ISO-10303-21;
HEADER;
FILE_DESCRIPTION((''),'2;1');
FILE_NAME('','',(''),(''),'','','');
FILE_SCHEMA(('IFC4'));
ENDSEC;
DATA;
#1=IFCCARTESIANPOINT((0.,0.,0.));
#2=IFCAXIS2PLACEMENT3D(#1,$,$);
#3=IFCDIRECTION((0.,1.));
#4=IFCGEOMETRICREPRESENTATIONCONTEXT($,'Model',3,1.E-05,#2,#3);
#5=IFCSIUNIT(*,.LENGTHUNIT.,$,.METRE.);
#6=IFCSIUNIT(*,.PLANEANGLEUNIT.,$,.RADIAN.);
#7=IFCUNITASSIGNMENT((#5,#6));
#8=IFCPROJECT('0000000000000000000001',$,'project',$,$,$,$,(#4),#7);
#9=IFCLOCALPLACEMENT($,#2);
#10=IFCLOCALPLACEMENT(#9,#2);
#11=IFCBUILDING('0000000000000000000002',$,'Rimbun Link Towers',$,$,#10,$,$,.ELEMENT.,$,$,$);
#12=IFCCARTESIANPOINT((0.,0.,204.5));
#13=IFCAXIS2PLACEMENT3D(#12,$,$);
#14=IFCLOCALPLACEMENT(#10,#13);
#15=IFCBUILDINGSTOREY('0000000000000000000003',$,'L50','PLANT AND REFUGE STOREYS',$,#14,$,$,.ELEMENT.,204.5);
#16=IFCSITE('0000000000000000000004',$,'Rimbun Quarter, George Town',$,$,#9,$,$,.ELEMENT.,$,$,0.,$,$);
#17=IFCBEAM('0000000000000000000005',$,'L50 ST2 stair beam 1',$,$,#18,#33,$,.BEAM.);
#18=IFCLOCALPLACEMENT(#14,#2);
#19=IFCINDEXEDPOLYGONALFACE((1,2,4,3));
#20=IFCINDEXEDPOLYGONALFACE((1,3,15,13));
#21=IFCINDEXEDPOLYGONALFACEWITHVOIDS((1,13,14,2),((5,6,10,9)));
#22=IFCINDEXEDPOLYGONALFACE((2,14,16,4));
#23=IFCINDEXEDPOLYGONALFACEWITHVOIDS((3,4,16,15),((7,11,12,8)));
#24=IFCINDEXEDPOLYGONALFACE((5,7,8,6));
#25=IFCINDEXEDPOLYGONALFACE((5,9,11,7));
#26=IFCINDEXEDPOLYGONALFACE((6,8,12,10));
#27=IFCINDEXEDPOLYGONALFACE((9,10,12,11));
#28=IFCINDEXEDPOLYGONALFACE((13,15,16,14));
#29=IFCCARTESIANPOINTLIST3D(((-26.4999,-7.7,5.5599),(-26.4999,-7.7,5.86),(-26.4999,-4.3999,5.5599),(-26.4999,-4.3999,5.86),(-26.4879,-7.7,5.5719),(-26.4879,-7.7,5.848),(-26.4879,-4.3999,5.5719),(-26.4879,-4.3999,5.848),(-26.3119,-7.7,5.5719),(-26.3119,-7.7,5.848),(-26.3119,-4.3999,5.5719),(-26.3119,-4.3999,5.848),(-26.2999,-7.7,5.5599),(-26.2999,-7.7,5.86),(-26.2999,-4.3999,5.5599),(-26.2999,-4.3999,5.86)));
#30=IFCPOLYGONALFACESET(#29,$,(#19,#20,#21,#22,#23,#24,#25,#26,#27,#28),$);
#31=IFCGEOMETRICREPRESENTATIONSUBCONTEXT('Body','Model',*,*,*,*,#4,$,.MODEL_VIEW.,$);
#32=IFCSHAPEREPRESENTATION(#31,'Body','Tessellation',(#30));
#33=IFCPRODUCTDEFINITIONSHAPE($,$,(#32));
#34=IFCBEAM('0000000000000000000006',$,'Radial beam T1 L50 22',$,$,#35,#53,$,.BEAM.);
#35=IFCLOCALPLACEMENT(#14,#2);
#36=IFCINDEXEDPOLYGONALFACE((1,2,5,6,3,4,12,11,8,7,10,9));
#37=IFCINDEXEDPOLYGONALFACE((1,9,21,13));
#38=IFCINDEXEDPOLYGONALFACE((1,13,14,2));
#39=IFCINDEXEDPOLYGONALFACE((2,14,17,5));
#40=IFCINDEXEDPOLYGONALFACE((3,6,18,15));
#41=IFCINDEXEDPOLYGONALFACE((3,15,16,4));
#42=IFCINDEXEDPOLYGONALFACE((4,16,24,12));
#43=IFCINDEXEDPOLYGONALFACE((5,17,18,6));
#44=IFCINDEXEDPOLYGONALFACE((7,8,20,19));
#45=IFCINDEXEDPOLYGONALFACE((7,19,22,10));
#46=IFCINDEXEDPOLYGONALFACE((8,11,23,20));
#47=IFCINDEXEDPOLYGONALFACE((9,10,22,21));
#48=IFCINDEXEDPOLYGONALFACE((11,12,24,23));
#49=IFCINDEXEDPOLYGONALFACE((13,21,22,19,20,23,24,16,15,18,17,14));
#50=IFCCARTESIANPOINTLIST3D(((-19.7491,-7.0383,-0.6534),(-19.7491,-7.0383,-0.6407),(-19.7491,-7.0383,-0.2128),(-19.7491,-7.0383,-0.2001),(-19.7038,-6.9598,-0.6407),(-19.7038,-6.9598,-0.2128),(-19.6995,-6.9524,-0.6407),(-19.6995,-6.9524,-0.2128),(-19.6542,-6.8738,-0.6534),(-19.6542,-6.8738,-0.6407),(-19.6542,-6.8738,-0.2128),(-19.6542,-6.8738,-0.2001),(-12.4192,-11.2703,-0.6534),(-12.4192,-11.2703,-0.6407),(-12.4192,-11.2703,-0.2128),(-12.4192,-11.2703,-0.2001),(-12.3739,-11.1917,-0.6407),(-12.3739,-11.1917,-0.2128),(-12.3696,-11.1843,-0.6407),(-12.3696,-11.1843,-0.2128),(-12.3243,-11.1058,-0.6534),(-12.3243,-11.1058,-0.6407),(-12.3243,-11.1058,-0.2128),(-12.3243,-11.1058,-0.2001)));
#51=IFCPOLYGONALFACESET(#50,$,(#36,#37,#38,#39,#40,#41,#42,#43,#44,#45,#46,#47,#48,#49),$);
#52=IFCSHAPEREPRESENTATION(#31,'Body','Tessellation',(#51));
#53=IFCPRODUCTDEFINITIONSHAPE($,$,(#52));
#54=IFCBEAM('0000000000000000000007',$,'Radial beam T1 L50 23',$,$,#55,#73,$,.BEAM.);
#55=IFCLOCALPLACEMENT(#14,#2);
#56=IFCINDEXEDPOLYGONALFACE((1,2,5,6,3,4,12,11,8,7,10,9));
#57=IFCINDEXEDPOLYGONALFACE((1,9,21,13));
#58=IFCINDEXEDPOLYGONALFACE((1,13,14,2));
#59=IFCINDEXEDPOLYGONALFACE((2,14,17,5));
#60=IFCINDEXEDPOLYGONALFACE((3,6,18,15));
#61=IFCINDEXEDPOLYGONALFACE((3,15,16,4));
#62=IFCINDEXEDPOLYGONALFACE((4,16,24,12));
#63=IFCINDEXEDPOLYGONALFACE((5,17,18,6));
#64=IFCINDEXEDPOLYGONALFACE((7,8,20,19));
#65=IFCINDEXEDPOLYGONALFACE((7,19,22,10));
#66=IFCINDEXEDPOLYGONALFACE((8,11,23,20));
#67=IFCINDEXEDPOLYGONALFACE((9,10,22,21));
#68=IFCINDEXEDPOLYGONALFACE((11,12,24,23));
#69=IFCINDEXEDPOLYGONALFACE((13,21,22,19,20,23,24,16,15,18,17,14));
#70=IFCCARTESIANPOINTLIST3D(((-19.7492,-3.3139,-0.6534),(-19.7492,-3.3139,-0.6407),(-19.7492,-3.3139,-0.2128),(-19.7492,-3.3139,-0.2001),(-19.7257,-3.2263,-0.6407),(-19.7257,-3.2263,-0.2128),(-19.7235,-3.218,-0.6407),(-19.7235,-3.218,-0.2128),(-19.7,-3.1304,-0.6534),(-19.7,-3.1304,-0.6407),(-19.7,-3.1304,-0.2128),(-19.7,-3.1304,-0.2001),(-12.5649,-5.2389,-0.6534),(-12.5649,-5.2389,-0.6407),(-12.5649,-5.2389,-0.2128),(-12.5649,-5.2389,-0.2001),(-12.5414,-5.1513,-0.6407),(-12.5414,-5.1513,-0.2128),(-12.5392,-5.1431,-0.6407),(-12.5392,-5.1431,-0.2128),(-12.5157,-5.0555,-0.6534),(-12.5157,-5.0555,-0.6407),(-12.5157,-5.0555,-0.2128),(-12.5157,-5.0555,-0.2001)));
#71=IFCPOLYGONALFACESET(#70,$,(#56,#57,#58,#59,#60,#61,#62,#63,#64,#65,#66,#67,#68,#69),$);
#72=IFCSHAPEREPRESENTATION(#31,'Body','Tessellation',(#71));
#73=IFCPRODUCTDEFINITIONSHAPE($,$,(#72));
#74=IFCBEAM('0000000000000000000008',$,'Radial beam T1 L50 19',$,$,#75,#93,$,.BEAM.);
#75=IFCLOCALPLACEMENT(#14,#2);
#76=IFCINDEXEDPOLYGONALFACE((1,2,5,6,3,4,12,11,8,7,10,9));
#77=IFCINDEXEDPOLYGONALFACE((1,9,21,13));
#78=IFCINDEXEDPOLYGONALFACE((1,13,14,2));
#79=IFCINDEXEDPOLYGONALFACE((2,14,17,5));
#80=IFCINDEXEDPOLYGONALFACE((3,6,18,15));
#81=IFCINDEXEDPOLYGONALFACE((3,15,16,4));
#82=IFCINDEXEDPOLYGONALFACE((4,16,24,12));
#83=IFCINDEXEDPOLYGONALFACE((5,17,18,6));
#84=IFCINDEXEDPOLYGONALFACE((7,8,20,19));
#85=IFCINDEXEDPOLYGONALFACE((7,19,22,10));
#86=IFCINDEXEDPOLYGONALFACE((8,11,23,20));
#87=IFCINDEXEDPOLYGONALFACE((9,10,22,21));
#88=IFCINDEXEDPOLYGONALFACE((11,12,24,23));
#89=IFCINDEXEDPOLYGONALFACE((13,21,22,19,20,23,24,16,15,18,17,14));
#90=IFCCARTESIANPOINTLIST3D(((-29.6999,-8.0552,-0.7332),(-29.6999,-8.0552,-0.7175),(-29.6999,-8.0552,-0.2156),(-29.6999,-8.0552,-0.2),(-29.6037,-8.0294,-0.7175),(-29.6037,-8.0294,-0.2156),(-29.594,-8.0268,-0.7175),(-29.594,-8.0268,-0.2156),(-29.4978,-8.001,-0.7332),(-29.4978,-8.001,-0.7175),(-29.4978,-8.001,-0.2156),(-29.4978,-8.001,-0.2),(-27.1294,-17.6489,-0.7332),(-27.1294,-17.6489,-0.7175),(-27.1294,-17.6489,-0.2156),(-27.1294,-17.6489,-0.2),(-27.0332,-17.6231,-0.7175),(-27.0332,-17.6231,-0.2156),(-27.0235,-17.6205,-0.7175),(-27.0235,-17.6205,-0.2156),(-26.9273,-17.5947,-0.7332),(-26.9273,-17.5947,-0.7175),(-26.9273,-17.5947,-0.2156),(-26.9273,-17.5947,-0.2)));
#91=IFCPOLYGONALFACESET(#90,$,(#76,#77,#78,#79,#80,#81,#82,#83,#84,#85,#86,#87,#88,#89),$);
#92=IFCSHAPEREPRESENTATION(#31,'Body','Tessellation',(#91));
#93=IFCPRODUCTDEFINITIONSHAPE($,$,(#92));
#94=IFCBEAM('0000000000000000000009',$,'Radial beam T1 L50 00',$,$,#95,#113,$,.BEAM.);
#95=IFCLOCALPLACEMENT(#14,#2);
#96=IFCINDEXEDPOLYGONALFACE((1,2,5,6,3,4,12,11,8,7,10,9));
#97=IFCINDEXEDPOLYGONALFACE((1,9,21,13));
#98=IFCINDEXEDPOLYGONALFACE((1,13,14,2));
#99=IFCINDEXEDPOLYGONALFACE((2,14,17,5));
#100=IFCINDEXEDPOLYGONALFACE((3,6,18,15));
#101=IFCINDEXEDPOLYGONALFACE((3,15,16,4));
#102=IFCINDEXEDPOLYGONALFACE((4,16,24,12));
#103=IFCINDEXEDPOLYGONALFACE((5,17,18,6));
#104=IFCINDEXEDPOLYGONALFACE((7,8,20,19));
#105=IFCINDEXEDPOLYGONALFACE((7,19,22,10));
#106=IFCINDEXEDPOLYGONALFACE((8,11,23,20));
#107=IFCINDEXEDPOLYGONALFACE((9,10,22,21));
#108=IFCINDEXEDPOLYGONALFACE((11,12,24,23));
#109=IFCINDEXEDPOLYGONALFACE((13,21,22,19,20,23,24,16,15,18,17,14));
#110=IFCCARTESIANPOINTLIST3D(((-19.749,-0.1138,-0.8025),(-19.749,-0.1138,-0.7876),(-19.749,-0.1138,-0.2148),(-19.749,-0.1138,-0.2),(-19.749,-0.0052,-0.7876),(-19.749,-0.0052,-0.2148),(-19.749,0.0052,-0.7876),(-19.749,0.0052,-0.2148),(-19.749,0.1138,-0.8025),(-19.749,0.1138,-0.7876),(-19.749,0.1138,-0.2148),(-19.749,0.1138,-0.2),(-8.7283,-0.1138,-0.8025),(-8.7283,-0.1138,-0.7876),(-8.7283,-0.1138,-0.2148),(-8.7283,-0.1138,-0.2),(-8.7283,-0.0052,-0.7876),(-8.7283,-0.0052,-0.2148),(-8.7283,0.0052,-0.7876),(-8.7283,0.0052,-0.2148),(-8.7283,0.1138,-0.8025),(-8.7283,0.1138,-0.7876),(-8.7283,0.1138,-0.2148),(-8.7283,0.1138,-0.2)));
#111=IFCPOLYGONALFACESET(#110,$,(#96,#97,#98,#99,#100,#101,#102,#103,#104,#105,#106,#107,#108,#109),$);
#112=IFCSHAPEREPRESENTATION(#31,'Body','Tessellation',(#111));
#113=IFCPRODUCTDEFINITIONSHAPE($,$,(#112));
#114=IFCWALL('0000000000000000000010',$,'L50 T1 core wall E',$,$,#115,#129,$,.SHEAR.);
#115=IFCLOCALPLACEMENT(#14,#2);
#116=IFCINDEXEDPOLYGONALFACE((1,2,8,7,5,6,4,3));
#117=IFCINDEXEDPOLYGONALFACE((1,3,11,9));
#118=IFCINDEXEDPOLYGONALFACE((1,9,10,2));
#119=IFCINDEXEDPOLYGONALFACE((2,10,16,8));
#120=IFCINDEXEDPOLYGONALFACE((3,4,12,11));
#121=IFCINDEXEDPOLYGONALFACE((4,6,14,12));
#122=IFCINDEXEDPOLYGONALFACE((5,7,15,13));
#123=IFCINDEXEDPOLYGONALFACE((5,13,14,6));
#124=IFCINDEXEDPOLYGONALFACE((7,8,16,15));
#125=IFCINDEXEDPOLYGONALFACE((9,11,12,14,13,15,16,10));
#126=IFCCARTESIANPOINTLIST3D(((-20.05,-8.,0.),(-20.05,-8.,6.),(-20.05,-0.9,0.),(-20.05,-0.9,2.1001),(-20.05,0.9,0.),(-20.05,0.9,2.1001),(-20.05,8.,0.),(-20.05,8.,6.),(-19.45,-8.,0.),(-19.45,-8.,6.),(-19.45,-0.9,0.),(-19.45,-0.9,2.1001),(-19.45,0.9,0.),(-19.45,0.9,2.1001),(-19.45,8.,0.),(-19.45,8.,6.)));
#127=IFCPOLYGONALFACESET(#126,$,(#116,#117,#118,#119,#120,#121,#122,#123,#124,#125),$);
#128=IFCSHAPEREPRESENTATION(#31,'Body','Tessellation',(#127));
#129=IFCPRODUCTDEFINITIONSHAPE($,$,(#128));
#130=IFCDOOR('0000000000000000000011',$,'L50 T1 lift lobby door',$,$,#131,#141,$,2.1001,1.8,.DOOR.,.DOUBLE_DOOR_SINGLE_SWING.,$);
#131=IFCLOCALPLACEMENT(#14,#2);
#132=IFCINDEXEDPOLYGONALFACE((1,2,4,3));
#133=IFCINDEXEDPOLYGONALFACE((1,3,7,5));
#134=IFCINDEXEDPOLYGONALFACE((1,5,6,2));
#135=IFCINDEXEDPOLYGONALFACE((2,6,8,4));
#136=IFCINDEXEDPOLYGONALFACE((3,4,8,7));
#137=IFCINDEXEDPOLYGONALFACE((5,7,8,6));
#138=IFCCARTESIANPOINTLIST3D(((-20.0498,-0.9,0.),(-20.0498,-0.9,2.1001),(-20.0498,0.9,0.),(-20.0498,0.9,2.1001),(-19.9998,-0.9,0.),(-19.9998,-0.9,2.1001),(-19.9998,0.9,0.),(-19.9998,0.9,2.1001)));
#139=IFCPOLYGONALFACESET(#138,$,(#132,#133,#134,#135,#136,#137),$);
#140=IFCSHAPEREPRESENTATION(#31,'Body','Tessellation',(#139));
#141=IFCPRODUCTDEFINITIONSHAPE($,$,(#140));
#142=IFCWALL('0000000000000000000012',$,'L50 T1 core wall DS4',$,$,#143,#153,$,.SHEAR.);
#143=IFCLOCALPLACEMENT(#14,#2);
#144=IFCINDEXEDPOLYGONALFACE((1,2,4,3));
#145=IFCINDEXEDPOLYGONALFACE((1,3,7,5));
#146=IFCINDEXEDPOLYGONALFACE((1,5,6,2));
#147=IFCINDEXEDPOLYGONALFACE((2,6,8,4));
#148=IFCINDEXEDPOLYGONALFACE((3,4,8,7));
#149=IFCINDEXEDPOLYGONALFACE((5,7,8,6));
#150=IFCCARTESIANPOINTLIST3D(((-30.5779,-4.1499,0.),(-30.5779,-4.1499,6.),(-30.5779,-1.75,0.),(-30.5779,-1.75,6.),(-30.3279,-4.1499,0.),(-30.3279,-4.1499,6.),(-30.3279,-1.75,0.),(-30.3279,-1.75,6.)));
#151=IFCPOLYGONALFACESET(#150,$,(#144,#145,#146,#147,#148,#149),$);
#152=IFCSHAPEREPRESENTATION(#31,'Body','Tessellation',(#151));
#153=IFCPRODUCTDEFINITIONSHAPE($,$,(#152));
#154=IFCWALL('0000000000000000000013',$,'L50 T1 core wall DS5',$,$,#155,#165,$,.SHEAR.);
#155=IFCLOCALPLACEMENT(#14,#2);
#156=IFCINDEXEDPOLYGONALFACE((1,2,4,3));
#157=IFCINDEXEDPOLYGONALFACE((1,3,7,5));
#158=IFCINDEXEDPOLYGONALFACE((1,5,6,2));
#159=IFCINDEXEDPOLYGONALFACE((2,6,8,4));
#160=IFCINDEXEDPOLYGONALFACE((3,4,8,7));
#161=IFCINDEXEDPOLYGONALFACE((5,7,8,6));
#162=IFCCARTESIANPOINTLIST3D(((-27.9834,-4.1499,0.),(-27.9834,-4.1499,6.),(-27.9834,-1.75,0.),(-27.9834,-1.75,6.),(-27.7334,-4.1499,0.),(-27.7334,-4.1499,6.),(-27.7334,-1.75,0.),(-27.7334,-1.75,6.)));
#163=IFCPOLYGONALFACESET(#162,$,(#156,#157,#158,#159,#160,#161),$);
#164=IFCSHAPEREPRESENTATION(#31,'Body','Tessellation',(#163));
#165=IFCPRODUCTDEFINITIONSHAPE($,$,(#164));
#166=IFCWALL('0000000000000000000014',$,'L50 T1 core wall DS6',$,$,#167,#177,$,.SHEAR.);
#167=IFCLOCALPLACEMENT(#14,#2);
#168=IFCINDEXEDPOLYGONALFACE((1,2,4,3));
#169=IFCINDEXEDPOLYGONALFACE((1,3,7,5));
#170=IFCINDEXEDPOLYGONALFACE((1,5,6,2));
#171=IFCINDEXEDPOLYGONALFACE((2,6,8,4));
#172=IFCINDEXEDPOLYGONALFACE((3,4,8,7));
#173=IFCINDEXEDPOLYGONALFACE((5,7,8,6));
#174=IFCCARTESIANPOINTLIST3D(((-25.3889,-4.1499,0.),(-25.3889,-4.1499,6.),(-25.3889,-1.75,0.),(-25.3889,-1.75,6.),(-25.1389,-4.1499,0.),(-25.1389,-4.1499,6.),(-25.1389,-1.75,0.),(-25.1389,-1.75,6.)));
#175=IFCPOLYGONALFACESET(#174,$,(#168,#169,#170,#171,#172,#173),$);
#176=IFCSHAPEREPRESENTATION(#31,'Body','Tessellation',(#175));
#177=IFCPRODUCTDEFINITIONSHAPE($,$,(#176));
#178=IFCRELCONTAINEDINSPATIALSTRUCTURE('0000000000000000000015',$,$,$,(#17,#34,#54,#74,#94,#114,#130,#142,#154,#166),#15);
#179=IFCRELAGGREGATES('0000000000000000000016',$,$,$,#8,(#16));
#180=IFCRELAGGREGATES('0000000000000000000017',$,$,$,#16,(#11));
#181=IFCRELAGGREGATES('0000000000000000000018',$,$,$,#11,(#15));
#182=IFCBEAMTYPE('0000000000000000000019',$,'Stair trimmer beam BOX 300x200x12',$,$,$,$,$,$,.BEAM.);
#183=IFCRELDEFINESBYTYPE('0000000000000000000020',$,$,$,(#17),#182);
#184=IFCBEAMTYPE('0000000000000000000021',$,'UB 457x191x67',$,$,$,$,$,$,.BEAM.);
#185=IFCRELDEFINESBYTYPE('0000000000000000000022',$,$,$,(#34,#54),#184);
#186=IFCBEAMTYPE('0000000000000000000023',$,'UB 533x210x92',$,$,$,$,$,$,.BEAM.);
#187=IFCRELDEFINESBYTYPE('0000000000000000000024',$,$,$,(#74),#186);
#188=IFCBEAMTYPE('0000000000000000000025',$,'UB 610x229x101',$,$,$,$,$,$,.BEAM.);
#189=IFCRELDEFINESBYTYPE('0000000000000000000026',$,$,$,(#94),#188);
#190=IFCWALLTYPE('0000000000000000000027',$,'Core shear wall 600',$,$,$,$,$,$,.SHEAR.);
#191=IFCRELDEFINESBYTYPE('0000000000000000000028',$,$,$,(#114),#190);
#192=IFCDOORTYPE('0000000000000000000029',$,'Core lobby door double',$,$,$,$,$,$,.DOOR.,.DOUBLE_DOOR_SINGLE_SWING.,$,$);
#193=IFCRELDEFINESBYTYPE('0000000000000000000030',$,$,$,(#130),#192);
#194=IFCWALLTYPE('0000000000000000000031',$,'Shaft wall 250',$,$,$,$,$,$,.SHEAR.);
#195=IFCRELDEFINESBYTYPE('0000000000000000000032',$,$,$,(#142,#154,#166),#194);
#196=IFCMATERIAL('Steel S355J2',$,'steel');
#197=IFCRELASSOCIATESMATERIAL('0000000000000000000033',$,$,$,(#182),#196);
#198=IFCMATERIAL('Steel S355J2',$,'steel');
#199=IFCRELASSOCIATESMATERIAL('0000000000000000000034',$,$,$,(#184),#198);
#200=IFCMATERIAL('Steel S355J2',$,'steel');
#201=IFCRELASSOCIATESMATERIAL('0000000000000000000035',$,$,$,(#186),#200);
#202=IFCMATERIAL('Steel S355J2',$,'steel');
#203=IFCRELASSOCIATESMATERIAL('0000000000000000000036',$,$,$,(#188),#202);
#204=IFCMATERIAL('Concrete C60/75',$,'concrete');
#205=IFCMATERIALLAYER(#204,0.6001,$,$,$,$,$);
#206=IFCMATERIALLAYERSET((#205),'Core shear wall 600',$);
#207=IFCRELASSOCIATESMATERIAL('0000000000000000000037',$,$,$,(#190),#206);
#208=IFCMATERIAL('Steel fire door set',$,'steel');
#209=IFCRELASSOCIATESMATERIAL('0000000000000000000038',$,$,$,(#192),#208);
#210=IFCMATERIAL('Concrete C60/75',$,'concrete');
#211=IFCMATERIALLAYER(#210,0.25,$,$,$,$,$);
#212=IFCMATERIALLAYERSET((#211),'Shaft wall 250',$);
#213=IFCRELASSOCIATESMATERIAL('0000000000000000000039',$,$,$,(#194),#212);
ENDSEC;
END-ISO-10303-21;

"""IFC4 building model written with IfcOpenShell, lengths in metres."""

from ifc_helpers import new_model, si_unit, direction, frame, frame_2d, origin, origin_2d, place, context, subcontext, project, spatial, rectangle, hollow_rectangle, i_section, extrude, material, layer, layer_set, material_profile, profile_set, type_object, element, fill, save


model = new_model("IFC4")

# Units and contexts
model_context = context("Model", 3, precision=1e-05, world=origin(), true_north=direction((0.0, 1.0)))
body_context = subcontext(model_context, "Body", "Model", "MODEL_VIEW")
ifc_project = project(units=[si_unit("LENGTHUNIT", "METRE"), si_unit("PLANEANGLEUNIT", "RADIAN")], contexts=[model_context])

# Site, building, storey
site_placement = place(None, origin())
site = spatial("IfcSite", under=ifc_project, at=site_placement, Name="Rimbun Quarter, George Town", CompositionType="ELEMENT", RefElevation=0.0)
building_placement = place(site_placement, origin())
building = spatial("IfcBuilding", under=site, at=building_placement, Name="Rimbun Link Towers", CompositionType="ELEMENT")
storey_placement = place(building_placement, frame((0.0, 0.0, 204.5)))
storey = spatial("IfcBuildingStorey", under=building, at=storey_placement, Name="L50", Description="PLANT AND REFUGE STOREYS", CompositionType="ELEMENT", Elevation=204.5)

# Beams
ifc_material_1 = material(Name="Steel S355J2", Category="steel")
ifc_material_profile_1 = material_profile(ifc_material_1, hollow_rectangle(XDim=0.2, YDim=0.3, WallThickness=0.012, at=origin_2d()), Name="BOX 300x200x12")
ifc_profile_set_1 = profile_set([ifc_material_profile_1], Name="Steel S355J2")
beam_type_1 = type_object("IfcBeamType", Name="Stair trimmer beam BOX 300x200x12", PredefinedType="BEAM", material=ifc_profile_set_1)
beam_1_placement = place(storey_placement, frame((-26.3999, -7.7, 5.71), z_axis=(0.0, 1.0, 0.0), x_axis=(-1.0, 0.0, 0.0)))
element("IfcBeam", 1, at=beam_1_placement, inside=storey, type_object=beam_type_1, Name="L50 ST2 stair beam 1", PredefinedType="BEAM", context=body_context, shape_type="SweptSolid", body=[
    extrude(hollow_rectangle(XDim=0.2, YDim=0.3, WallThickness=0.012, at=origin_2d()), origin(), (0.0, 0.0, 1.0), 3.3),
])
ifc_material_2 = material(Name="Steel S355J2", Category="steel")
ifc_material_profile_2 = material_profile(ifc_material_2, i_section(OverallWidth=0.1899, OverallDepth=0.4534, WebThickness=0.0085, FlangeThickness=0.0127, at=origin_2d()), Name="UB 457x191x67")
ifc_profile_set_2 = profile_set([ifc_material_profile_2], Name="Steel S355J2")
beam_type_2 = type_object("IfcBeamType", Name="UB 457x191x67", PredefinedType="BEAM", material=ifc_profile_set_2)
beam_2_placement = place(storey_placement, frame((-19.7017, -6.9561, -0.4268), z_axis=(0.866023, -0.500005, 0.0), x_axis=(0.500005, 0.866023, 0.0)))
element("IfcBeam", 2, at=beam_2_placement, inside=storey, type_object=beam_type_2, Name="Radial beam T1 L50 22", PredefinedType="BEAM", context=body_context, shape_type="SweptSolid", body=[
    extrude(i_section(OverallWidth=0.1899, OverallDepth=0.4534, WebThickness=0.0085, FlangeThickness=0.0127, at=origin_2d()), origin(), (0.0, 0.0, 1.0), 8.4639),
])
beam_3_placement = place(storey_placement, frame((-19.7246, -3.2222, -0.4268), z_axis=(0.965925, -0.258821, 0.0), x_axis=(0.258821, 0.965925, 0.0)))
element("IfcBeam", 3, at=beam_3_placement, inside=storey, type_object=beam_type_2, Name="Radial beam T1 L50 23", PredefinedType="BEAM", context=body_context, shape_type="SweptSolid", body=[
    extrude(i_section(OverallWidth=0.1899, OverallDepth=0.4534, WebThickness=0.0085, FlangeThickness=0.0127, at=origin_2d()), origin(), (0.0, 0.0, 1.0), 7.4377),
])
ifc_material_3 = material(Name="Steel S355J2", Category="steel")
ifc_material_profile_3 = material_profile(ifc_material_3, i_section(OverallWidth=0.2092, OverallDepth=0.5332, WebThickness=0.01, FlangeThickness=0.0156, at=origin_2d()), Name="UB 533x210x92")
ifc_profile_set_3 = profile_set([ifc_material_profile_3], Name="Steel S355J2")
beam_type_3 = type_object("IfcBeamType", Name="UB 533x210x92", PredefinedType="BEAM", material=ifc_profile_set_3)
beam_4_placement = place(storey_placement, frame((-29.5989, -8.0281, -0.4666), z_axis=(0.258811, -0.965928, 0.0), x_axis=(0.965928, 0.258811, 0.0)))
element("IfcBeam", 4, at=beam_4_placement, inside=storey, type_object=beam_type_3, Name="Radial beam T1 L50 19", PredefinedType="BEAM", context=body_context, shape_type="SweptSolid", body=[
    extrude(i_section(OverallWidth=0.2092, OverallDepth=0.5332, WebThickness=0.01, FlangeThickness=0.0156, at=origin_2d()), origin(), (0.0, 0.0, 1.0), 9.9321),
])
ifc_material_4 = material(Name="Steel S355J2", Category="steel")
ifc_material_profile_4 = material_profile(ifc_material_4, i_section(OverallWidth=0.2275, OverallDepth=0.6025, WebThickness=0.0105, FlangeThickness=0.0149, at=origin_2d()), Name="UB 610x229x101")
ifc_profile_set_4 = profile_set([ifc_material_profile_4], Name="Steel S355J2")
beam_type_4 = type_object("IfcBeamType", Name="UB 610x229x101", PredefinedType="BEAM", material=ifc_profile_set_4)
beam_5_placement = place(storey_placement, frame((-19.749, 0.0, -0.5012), z_axis=(1.0, 0.0, 0.0), x_axis=(0.0, 1.0, 0.0)))
element("IfcBeam", 5, at=beam_5_placement, inside=storey, type_object=beam_type_4, Name="Radial beam T1 L50 00", PredefinedType="BEAM", context=body_context, shape_type="SweptSolid", body=[
    extrude(i_section(OverallWidth=0.2275, OverallDepth=0.6025, WebThickness=0.0105, FlangeThickness=0.0149, at=origin_2d()), origin(), (0.0, 0.0, 1.0), 11.0208),
])

# Wall, opening, door
ifc_material_5 = material(Name="Concrete C60/75", Category="concrete")
ifc_layer_1 = layer(ifc_material_5, 0.6001)
ifc_layer_set_1 = layer_set([ifc_layer_1], Name="Core shear wall 600")
wall_type_1 = type_object("IfcWallType", Name="Core shear wall 600", PredefinedType="SHEAR", material=ifc_layer_set_1)
wall_1_placement = place(storey_placement, frame((-19.75, -8.0, 0.0), z_axis=(0.0, 0.0, 1.0), x_axis=(0.0, 1.0, 0.0)))
wall_1 = element("IfcWall", 6, at=wall_1_placement, inside=storey, type_object=wall_type_1, Name="L50 T1 core wall E", PredefinedType="SHEAR", context=body_context, shape_type="SweptSolid", body=[
    extrude(rectangle(XDim=16.0, YDim=0.6001, at=frame_2d((8.0, 0.0))), origin(), (0.0, 0.0, 1.0), 6.0),
])
opening_1_placement = place(wall_1_placement, frame((7.1001, 0.0, 0.0)))
opening_1 = element("IfcOpeningElement", 7, at=opening_1_placement, cuts=wall_1, PredefinedType="OPENING", context=body_context, shape_type="SweptSolid", body=[
    extrude(rectangle(XDim=1.8, YDim=2.1001, at=frame_2d((0.8999, 1.05))), frame((0.0, 0.3101, 0.0), z_axis=(0.0, -1.0, 0.0), x_axis=(1.0, 0.0, 0.0)), (0.0, 0.0, 1.0), 0.6201),
])
ifc_material_6 = material(Name="Steel fire door set", Category="steel")
door_type_1 = type_object("IfcDoorType", Name="Core lobby door double", OperationType="DOUBLE_DOOR_SINGLE_SWING", PredefinedType="DOOR", material=ifc_material_6)
door_1_placement = place(opening_1_placement, origin())
door_1 = element("IfcDoor", 8, at=door_1_placement, inside=storey, type_object=door_type_1, Name="L50 T1 lift lobby door", OperationType="DOUBLE_DOOR_SINGLE_SWING", OverallHeight=2.1001, OverallWidth=1.8, PredefinedType="DOOR", context=body_context, shape_type="SweptSolid", body=[
    extrude(rectangle(XDim=1.8, YDim=2.1001, at=frame_2d((0.8999, 1.05))), frame((0.0, 0.2998, 0.0), z_axis=(0.0, -1.0, 0.0), x_axis=(1.0, 0.0, 0.0)), (0.0, 0.0, 1.0), 0.05),
])
fill(opening_1, door_1)

# Walls
ifc_material_7 = material(Name="Concrete C60/75", Category="concrete")
ifc_layer_2 = layer(ifc_material_7, 0.25)
ifc_layer_set_2 = layer_set([ifc_layer_2], Name="Shaft wall 250")
wall_type_2 = type_object("IfcWallType", Name="Shaft wall 250", PredefinedType="SHEAR", material=ifc_layer_set_2)
for number, where, z_axis, x_axis, name in (
    (9, (-30.4529, -4.1499, 0.0), (0.0, 0.0, 1.0), (0.0, 1.0, 0.0), "L50 T1 core wall DS4"),
    (10, (-27.8584, -4.1499, 0.0), (0.0, 0.0, 1.0), (0.0, 1.0, 0.0), "L50 T1 core wall DS5"),
    (11, (-25.2639, -4.1499, 0.0), (0.0, 0.0, 1.0), (0.0, 1.0, 0.0), "L50 T1 core wall DS6"),
):
    element("IfcWall", number, at=place(storey_placement, frame(where, z_axis=z_axis, x_axis=x_axis)), inside=storey, type_object=wall_type_2, Name=name, PredefinedType="SHEAR", context=body_context, shape_type="SweptSolid", body=[
        extrude(rectangle(XDim=2.3999, YDim=0.25, at=frame_2d((1.2, 0.0))), origin(), (0.0, 0.0, 1.0), 6.0),
    ])

save(model, "model.ifc")
